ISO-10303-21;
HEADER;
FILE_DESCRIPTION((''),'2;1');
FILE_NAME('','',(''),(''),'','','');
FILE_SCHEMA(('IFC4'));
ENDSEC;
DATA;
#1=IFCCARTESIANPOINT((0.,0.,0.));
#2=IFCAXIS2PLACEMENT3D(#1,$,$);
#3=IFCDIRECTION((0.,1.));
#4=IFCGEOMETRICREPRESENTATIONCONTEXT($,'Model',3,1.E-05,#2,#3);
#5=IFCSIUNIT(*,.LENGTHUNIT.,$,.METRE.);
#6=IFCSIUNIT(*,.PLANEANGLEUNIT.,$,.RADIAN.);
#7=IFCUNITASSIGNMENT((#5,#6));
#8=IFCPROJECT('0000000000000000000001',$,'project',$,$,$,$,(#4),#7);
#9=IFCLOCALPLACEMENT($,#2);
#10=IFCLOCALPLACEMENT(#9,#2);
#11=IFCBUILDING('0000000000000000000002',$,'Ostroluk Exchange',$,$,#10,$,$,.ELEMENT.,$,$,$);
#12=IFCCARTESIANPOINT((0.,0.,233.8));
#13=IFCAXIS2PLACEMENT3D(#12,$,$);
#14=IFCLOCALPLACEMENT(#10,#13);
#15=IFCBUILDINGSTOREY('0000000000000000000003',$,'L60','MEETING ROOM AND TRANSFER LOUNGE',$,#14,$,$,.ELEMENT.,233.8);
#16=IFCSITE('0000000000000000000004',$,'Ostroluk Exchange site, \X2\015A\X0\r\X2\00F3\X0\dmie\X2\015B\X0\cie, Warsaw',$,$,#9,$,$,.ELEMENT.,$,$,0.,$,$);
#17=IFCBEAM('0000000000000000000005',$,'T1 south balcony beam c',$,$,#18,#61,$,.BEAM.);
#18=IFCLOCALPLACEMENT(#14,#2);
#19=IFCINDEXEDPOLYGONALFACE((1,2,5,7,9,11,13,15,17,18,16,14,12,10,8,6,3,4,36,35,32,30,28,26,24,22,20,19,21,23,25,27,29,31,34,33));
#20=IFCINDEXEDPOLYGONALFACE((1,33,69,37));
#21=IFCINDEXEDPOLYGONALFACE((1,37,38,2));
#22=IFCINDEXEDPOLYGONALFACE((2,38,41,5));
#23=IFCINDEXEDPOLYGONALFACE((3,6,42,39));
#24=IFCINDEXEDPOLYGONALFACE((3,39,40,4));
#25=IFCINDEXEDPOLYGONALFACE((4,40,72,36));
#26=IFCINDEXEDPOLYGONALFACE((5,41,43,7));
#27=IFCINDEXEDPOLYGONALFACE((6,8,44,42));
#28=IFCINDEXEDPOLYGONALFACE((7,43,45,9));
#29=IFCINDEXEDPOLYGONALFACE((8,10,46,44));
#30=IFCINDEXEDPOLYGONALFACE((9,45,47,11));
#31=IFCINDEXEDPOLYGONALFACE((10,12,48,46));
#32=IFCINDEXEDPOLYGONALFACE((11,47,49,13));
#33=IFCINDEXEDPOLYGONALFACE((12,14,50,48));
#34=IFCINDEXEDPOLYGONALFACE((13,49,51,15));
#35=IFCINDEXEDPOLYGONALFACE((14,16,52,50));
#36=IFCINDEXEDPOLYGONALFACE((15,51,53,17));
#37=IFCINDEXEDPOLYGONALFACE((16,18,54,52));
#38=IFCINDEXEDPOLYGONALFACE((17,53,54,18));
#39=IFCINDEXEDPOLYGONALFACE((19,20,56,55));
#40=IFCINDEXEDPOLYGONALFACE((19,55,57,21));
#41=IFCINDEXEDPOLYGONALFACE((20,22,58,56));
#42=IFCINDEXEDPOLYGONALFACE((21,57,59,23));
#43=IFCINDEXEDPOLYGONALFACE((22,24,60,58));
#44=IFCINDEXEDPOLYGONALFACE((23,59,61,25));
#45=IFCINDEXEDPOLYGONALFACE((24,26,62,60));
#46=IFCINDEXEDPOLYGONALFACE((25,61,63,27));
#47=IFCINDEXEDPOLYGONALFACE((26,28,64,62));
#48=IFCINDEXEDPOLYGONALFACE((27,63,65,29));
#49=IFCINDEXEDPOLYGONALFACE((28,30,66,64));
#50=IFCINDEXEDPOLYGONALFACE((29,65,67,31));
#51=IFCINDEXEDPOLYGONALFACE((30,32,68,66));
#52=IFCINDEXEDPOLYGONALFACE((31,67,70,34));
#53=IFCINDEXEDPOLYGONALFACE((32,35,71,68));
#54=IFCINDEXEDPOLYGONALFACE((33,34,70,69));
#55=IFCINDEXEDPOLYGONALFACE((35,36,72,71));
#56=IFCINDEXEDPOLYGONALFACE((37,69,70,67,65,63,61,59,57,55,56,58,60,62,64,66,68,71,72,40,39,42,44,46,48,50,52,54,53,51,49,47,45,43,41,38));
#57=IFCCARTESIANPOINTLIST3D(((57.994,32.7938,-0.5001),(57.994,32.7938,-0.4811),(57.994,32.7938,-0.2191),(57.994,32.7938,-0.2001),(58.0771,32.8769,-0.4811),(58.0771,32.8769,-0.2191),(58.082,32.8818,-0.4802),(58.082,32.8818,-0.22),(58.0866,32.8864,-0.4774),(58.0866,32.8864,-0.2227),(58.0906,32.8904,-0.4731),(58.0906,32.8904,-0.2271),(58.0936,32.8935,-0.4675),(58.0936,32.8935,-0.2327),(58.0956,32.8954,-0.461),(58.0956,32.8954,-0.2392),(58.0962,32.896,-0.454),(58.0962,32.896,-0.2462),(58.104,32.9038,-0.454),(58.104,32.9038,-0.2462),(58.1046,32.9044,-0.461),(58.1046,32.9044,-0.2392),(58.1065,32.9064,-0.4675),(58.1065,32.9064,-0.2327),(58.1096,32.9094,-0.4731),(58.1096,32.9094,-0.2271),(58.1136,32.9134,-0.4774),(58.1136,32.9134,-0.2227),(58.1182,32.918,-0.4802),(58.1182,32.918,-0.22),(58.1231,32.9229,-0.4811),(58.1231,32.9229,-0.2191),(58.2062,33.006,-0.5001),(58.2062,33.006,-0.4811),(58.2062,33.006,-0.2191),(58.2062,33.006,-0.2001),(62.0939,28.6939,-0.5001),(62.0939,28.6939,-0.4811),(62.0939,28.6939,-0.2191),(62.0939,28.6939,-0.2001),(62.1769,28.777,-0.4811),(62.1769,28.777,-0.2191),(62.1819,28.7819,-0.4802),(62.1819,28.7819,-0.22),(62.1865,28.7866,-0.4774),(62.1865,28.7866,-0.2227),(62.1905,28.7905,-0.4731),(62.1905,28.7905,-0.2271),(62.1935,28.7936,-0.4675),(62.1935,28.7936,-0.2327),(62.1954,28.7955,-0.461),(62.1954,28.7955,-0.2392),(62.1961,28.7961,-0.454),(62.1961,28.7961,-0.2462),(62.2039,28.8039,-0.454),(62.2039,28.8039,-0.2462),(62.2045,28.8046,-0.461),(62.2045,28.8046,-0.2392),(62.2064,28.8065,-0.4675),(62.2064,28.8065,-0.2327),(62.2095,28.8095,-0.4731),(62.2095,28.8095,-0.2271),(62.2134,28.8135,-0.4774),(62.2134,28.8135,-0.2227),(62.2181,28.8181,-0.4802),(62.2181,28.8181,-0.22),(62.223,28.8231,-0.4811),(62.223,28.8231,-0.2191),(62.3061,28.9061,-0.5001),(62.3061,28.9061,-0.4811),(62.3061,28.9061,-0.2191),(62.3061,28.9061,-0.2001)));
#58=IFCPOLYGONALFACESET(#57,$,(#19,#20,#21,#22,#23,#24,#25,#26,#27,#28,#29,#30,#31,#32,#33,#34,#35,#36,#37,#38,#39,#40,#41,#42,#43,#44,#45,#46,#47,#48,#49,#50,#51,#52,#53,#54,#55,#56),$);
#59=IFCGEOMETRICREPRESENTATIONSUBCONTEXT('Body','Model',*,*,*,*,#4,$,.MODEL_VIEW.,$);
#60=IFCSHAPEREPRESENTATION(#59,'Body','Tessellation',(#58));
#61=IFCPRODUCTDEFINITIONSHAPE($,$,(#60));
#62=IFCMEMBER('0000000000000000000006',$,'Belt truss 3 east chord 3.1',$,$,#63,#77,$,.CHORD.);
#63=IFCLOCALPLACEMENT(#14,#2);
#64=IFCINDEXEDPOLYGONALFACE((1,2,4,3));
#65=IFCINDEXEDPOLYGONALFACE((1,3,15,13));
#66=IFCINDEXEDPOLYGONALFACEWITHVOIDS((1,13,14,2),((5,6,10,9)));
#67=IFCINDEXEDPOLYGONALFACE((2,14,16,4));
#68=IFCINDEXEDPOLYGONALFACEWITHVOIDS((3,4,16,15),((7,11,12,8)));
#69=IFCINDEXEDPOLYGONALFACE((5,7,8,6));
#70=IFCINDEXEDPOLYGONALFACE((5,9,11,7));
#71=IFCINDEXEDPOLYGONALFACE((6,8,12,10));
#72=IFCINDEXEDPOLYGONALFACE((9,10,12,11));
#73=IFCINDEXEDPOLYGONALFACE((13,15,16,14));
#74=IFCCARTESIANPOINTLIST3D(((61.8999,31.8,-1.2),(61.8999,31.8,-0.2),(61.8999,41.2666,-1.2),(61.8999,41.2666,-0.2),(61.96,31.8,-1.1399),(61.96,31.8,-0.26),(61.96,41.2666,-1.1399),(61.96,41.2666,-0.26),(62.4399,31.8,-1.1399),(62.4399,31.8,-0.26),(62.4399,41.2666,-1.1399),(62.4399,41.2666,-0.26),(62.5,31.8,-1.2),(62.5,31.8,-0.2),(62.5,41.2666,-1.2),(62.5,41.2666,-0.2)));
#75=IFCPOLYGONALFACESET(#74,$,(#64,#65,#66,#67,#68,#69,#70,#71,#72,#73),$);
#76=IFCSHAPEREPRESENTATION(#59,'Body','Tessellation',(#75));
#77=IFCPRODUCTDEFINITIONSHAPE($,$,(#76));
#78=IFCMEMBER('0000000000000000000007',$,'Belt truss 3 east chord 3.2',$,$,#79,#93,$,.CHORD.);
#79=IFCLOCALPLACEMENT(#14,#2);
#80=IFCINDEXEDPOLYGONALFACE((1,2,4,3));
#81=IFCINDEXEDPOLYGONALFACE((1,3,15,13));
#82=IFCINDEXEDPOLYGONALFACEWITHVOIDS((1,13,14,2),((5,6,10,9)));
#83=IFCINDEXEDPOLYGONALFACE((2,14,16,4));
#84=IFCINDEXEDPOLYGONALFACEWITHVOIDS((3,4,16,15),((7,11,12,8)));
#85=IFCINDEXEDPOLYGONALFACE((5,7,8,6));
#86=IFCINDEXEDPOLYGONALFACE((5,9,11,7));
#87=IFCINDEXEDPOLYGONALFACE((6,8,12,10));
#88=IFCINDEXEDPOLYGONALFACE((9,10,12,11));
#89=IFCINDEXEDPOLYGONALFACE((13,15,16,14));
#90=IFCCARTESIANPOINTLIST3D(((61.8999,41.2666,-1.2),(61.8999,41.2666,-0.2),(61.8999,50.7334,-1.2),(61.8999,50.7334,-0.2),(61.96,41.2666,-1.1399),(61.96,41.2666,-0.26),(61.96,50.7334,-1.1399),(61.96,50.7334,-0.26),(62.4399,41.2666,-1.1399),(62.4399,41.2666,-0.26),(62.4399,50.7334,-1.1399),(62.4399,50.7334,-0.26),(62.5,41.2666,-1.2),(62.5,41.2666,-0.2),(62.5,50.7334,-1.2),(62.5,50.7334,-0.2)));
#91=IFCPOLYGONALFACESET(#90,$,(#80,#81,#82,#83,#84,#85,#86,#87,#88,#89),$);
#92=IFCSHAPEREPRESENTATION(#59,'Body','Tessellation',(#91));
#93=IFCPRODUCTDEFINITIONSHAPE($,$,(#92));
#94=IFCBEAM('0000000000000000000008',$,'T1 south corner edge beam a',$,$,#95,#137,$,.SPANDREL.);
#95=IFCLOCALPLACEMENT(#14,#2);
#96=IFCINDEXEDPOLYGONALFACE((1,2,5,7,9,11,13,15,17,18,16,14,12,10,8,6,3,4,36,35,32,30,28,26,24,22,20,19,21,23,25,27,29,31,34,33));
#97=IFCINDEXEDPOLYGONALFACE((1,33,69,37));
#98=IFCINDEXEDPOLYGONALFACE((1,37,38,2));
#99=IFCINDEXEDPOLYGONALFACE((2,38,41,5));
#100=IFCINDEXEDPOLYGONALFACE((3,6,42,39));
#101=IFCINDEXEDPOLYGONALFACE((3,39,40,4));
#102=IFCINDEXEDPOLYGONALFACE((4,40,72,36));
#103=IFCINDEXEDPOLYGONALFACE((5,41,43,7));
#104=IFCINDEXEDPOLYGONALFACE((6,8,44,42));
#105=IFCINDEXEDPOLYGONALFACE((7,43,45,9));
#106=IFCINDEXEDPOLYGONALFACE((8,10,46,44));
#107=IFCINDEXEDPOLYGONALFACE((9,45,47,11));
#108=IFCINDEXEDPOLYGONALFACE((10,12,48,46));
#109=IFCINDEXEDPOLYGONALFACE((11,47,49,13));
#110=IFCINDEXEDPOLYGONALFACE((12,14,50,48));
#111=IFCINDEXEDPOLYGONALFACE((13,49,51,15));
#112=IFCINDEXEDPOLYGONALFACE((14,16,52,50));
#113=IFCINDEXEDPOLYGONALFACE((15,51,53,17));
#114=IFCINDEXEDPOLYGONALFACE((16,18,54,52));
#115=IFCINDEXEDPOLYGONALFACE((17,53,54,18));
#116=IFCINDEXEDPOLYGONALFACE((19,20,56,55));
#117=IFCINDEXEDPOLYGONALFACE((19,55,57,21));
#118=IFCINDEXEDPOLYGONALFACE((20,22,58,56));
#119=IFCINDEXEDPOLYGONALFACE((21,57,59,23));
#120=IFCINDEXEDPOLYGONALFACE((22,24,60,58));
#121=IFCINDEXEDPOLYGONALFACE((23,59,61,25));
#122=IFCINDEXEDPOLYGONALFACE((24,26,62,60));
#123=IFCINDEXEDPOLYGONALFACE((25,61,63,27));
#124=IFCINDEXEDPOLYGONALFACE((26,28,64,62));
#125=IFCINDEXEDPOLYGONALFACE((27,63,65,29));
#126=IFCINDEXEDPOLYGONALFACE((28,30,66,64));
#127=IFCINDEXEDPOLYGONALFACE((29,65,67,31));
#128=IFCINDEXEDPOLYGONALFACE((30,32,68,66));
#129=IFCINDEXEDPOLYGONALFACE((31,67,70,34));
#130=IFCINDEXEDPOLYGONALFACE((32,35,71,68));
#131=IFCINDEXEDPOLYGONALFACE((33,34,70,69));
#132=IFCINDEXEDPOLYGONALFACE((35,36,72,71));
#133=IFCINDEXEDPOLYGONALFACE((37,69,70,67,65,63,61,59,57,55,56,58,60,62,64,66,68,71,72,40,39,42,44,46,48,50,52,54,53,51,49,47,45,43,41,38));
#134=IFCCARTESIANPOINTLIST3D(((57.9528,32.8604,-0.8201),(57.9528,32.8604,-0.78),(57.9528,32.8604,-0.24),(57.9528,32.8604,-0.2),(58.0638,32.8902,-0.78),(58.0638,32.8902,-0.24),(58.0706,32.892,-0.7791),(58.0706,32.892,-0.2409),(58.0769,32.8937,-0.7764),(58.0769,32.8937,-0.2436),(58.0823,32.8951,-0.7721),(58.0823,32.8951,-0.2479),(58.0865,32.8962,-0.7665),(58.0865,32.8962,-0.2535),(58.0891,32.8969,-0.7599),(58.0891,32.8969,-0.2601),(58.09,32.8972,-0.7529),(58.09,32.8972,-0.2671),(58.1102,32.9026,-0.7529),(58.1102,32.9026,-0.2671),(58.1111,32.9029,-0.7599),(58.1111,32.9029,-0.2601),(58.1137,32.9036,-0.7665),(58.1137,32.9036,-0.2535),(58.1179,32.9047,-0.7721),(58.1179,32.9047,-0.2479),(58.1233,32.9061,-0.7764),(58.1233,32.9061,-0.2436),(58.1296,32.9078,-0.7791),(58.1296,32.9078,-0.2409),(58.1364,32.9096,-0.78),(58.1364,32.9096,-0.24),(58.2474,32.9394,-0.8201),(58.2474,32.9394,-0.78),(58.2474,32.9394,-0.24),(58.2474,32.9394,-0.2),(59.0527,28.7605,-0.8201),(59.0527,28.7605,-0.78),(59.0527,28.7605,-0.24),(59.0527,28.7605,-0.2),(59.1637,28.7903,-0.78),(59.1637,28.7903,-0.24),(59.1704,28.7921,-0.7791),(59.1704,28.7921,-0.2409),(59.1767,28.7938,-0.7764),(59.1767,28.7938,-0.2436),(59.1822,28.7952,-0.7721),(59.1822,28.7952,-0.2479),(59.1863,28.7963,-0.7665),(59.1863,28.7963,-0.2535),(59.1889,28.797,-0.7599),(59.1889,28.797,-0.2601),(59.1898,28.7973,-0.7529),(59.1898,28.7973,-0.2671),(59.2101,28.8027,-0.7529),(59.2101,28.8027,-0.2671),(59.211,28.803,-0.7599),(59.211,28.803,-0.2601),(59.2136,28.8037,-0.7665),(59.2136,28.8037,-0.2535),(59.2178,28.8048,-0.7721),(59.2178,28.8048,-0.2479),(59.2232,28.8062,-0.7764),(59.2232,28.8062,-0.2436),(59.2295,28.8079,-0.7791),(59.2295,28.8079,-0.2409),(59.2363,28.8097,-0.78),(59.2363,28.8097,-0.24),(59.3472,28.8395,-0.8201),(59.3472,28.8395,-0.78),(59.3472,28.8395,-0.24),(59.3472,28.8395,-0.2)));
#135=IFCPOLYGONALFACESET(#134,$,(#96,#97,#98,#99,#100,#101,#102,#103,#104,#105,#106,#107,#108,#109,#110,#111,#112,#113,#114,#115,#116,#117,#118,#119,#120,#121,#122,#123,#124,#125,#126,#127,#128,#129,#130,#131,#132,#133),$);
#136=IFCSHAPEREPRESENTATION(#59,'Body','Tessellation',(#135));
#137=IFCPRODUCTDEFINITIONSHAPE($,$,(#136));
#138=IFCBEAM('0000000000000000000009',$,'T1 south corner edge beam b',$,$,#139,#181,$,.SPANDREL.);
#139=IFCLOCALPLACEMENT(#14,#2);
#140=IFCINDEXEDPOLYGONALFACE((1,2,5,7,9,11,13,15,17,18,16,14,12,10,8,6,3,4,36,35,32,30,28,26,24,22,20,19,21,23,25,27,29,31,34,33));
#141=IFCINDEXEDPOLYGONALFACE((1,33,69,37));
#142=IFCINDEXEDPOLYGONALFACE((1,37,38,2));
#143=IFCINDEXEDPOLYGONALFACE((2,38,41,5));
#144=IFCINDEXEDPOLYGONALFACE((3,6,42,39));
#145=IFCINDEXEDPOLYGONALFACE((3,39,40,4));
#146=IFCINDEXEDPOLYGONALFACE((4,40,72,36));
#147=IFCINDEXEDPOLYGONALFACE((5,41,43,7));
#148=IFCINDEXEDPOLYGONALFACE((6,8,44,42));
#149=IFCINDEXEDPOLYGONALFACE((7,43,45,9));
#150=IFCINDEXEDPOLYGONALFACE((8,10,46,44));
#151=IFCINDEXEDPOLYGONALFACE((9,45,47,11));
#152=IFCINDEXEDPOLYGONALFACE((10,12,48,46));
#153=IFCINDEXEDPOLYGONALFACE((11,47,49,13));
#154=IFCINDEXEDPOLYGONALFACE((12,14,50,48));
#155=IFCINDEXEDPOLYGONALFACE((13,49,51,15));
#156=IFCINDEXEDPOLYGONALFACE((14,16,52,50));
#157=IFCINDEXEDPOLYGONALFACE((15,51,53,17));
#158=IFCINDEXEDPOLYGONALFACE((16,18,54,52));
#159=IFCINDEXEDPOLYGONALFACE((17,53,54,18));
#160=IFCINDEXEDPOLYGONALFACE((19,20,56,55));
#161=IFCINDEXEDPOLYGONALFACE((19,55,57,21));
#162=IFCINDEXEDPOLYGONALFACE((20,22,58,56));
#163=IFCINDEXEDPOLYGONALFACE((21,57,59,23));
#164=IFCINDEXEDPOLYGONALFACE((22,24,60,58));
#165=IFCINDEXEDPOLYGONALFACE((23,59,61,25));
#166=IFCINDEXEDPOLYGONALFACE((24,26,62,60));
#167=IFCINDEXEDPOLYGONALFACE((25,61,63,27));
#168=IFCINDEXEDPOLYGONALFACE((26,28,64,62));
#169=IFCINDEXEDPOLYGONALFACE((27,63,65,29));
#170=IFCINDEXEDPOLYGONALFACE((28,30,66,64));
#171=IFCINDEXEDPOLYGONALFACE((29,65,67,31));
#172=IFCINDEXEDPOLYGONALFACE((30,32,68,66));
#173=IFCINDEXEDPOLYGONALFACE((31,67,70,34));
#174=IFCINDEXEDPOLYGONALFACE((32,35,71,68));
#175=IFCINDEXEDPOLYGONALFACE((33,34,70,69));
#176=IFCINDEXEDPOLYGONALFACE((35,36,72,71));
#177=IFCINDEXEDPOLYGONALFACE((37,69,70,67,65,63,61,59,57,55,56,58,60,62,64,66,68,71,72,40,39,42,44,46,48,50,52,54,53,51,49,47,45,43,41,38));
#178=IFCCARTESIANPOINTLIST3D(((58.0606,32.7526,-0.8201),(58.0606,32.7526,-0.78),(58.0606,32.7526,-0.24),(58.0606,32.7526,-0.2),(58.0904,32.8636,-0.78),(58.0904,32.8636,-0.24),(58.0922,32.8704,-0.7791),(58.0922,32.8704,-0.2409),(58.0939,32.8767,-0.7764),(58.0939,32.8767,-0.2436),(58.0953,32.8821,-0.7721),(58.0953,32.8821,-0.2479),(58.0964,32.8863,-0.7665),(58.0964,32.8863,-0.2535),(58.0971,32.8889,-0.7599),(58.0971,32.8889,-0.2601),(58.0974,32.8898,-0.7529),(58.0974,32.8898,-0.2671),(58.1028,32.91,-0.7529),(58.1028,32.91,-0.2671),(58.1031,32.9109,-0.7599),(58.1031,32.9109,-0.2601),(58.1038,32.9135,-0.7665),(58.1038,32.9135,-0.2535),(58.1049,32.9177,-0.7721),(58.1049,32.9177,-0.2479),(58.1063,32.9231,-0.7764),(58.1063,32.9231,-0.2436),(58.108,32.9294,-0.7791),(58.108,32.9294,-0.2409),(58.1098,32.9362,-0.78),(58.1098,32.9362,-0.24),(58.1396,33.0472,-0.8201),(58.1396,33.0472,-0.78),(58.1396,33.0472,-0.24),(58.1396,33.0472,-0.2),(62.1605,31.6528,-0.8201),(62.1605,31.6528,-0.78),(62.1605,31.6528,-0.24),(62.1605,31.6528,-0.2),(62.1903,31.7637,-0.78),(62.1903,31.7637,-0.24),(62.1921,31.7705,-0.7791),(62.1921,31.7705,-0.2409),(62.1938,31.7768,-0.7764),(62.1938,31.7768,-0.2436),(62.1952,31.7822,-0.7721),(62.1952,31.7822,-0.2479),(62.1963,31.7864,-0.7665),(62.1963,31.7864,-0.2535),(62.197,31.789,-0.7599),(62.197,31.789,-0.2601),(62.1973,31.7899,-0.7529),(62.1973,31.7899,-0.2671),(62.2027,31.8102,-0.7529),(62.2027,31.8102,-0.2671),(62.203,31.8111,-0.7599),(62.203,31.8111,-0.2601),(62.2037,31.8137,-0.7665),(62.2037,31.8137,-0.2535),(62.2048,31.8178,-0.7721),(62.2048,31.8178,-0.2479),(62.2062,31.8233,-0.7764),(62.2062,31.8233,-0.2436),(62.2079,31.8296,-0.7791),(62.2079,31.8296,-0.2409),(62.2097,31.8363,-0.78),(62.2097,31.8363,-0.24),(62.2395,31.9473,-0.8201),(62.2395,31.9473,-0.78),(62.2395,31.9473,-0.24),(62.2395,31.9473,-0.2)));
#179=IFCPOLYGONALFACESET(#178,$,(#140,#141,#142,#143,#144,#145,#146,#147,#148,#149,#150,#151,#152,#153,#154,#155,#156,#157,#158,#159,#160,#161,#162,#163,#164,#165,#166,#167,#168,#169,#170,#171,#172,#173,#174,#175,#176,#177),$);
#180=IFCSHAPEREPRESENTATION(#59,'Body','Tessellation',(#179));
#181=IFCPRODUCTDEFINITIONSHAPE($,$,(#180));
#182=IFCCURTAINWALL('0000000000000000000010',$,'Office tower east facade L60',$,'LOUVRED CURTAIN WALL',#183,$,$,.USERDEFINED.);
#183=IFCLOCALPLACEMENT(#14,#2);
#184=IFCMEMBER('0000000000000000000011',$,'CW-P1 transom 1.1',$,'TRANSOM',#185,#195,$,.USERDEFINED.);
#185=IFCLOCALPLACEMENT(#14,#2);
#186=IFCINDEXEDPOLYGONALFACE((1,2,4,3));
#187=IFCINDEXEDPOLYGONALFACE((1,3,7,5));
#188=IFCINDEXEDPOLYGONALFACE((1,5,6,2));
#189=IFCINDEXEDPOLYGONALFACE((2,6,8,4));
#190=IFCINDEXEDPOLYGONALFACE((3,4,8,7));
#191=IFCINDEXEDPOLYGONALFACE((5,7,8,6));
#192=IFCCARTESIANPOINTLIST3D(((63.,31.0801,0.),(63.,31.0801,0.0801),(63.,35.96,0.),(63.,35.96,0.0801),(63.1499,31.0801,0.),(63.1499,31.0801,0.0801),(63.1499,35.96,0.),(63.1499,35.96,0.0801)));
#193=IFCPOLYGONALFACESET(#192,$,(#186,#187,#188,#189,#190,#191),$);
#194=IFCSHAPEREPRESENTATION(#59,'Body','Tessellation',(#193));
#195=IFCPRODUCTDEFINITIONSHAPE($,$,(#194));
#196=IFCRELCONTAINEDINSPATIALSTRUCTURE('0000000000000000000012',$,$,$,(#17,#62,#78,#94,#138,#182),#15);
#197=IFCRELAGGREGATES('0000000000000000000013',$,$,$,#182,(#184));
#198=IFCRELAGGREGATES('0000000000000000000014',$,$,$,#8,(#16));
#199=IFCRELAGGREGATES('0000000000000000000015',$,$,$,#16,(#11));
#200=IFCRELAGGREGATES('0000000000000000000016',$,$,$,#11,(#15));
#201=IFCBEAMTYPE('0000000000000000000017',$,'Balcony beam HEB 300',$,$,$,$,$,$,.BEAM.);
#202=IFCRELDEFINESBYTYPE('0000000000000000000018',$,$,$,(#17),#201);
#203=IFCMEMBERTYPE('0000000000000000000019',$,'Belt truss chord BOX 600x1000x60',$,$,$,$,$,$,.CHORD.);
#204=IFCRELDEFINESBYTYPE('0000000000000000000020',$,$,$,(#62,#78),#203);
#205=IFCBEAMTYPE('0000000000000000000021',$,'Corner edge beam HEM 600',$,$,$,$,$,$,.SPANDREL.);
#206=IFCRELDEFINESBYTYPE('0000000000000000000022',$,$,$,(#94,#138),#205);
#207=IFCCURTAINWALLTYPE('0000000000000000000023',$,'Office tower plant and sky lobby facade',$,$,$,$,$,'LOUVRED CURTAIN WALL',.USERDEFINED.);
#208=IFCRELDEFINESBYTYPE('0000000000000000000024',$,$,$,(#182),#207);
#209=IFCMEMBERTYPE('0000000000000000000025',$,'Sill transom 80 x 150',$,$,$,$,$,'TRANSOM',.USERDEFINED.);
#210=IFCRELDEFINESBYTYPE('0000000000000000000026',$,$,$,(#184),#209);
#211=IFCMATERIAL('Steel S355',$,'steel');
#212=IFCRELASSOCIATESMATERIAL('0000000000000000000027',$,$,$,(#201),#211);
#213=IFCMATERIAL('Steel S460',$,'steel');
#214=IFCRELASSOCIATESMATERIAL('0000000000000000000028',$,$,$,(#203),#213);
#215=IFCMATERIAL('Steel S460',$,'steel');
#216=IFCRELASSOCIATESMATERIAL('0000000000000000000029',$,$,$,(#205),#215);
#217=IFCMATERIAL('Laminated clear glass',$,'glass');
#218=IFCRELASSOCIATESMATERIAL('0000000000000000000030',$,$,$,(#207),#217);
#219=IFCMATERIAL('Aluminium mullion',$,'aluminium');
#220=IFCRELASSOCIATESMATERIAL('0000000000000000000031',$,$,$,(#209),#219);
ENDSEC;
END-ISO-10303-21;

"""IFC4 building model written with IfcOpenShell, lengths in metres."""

from ifc_helpers import new_model, si_unit, direction, frame, origin, origin_2d, place, context, subcontext, project, spatial, rectangle, hollow_rectangle, i_section, extrude, material, material_profile, profile_set, type_object, element, aggregate, save


model = new_model("IFC4")

# Units and contexts
model_context = context("Model", 3, precision=1e-05, world=origin(), true_north=direction((0.0, 1.0)))
body_context = subcontext(model_context, "Body", "Model", "MODEL_VIEW")
ifc_project = project(units=[si_unit("LENGTHUNIT", "METRE"), si_unit("PLANEANGLEUNIT", "RADIAN")], contexts=[model_context])

# Site, building, storey
site_placement = place(None, origin())
site = spatial("IfcSite", under=ifc_project, at=site_placement, Name="Ostroluk Exchange site, Śródmieście, Warsaw", CompositionType="ELEMENT", RefElevation=0.0)
building_placement = place(site_placement, origin())
building = spatial("IfcBuilding", under=site, at=building_placement, Name="Ostroluk Exchange", CompositionType="ELEMENT")
storey_placement = place(building_placement, frame((0.0, 0.0, 233.8)))
storey = spatial("IfcBuildingStorey", under=building, at=storey_placement, Name="L60", Description="MEETING ROOM AND TRANSFER LOUNGE", CompositionType="ELEMENT", Elevation=233.8)

# Beam
ifc_material_1 = material(Name="Steel S355", Category="steel")
ifc_material_profile_1 = material_profile(ifc_material_1, i_section(OverallWidth=0.3, OverallDepth=0.3, WebThickness=0.011, FlangeThickness=0.019, FilletRadius=0.0271, at=origin_2d()), Name="HEB 300")
ifc_profile_set_1 = profile_set([ifc_material_profile_1], Name="Steel S355")
beam_type_1 = type_object("IfcBeamType", Name="Balcony beam HEB 300", PredefinedType="BEAM", material=ifc_profile_set_1)
beam_placement = place(storey_placement, frame((58.1001, 32.8999, -0.3501), z_axis=(0.707107, -0.707107, 0.0), x_axis=(0.707107, 0.707107, 0.0)))
element("IfcBeam", 1, at=beam_placement, inside=storey, type_object=beam_type_1, Name="T1 south balcony beam c", PredefinedType="BEAM", context=body_context, shape_type="SweptSolid", body=[
    extrude(i_section(OverallWidth=0.3, OverallDepth=0.3, WebThickness=0.011, FlangeThickness=0.019, FilletRadius=0.0271, at=origin_2d()), origin(), (0.0, 0.0, 1.0), 5.7981),
])

# Members
ifc_material_2 = material(Name="Steel S460", Category="steel")
ifc_material_profile_2 = material_profile(ifc_material_2, hollow_rectangle(XDim=0.6001, YDim=1.0, WallThickness=0.0601, at=origin_2d()), Name="BOX 600x1000x60")
ifc_profile_set_2 = profile_set([ifc_material_profile_2], Name="Steel S460")
member_type_1 = type_object("IfcMemberType", Name="Belt truss chord BOX 600x1000x60", PredefinedType="CHORD", material=ifc_profile_set_2)
member_1_placement = place(storey_placement, frame((62.2, 31.8, -0.7), z_axis=(0.0, 1.0, 0.0), x_axis=(-1.0, 0.0, 0.0)))
element("IfcMember", 2, at=member_1_placement, inside=storey, type_object=member_type_1, Name="Belt truss 3 east chord 3.1", PredefinedType="CHORD", context=body_context, shape_type="SweptSolid", body=[
    extrude(hollow_rectangle(XDim=0.6001, YDim=1.0, WallThickness=0.0601, at=origin_2d()), origin(), (0.0, 0.0, 1.0), 9.4666),
])
member_2_placement = place(storey_placement, frame((62.2, 41.2666, -0.7), z_axis=(0.0, 1.0, 0.0), x_axis=(-1.0, 0.0, 0.0)))
element("IfcMember", 3, at=member_2_placement, inside=storey, type_object=member_type_1, Name="Belt truss 3 east chord 3.2", PredefinedType="CHORD", context=body_context, shape_type="SweptSolid", body=[
    extrude(hollow_rectangle(XDim=0.6001, YDim=1.0, WallThickness=0.0601, at=origin_2d()), origin(), (0.0, 0.0, 1.0), 9.4668),
])

# Beams
ifc_material_3 = material(Name="Steel S460", Category="steel")
ifc_material_profile_3 = material_profile(ifc_material_3, i_section(OverallWidth=0.3049, OverallDepth=0.6201, WebThickness=0.021, FlangeThickness=0.04, FilletRadius=0.0271, at=origin_2d()), Name="HEM 600")
ifc_profile_set_3 = profile_set([ifc_material_profile_3], Name="Steel S460")
beam_type_2 = type_object("IfcBeamType", Name="Corner edge beam HEM 600", PredefinedType="SPANDREL", material=ifc_profile_set_3)
for number, where, z_axis, x_axis, name in (
    (4, (58.1001, 32.8999, -0.51), (0.259105, -0.965849, 0.0), (0.965849, 0.259105, 0.0), "T1 south corner edge beam a"),
    (5, (58.1001, 32.8999, -0.51), (0.965849, -0.259105, 0.0), (0.259105, 0.965849, 0.0), "T1 south corner edge beam b"),
):
    element("IfcBeam", number, at=place(storey_placement, frame(where, z_axis=z_axis, x_axis=x_axis)), inside=storey, type_object=beam_type_2, Name=name, PredefinedType="SPANDREL", context=body_context, shape_type="SweptSolid", body=[
        extrude(i_section(OverallWidth=0.3049, OverallDepth=0.6201, WebThickness=0.021, FlangeThickness=0.04, FilletRadius=0.0271, at=origin_2d()), origin(), (0.0, 0.0, 1.0), 4.2449),
    ])

# Curtain wall, member
ifc_material_4 = material(Name="Laminated clear glass", Category="glass")
curtain_wall_type = type_object("IfcCurtainWallType", Name="Office tower plant and sky lobby facade", ElementType="LOUVRED CURTAIN WALL", PredefinedType="USERDEFINED", material=ifc_material_4)
curtain_wall_1_placement = place(storey_placement, origin())
curtain_wall_1 = element("IfcCurtainWall", 6, at=curtain_wall_1_placement, inside=storey, type_object=curtain_wall_type, Name="Office tower east facade L60", ObjectType="LOUVRED CURTAIN WALL", PredefinedType="USERDEFINED")
ifc_material_5 = material(Name="Aluminium mullion", Category="aluminium")
ifc_material_profile_4 = material_profile(ifc_material_5, rectangle(XDim=0.1499, YDim=0.0801, at=origin_2d()), Name="Sill transom 80 x 150")
ifc_profile_set_4 = profile_set([ifc_material_profile_4], Name="Aluminium mullion")
member_type_2 = type_object("IfcMemberType", Name="Sill transom 80 x 150", ElementType="TRANSOM", PredefinedType="USERDEFINED", material=ifc_profile_set_4)
member_3_placement = place(storey_placement, frame((63.075, 31.0801, 0.04), z_axis=(0.0, 1.0, 0.0), x_axis=(-1.0, 0.0, 0.0)))
member_3 = element("IfcMember", 7, at=member_3_placement, type_object=member_type_2, Name="CW-P1 transom 1.1", ObjectType="TRANSOM", PredefinedType="USERDEFINED", context=body_context, shape_type="SweptSolid", body=[
    extrude(rectangle(XDim=0.1499, YDim=0.0801, at=origin_2d()), origin(), (0.0, 0.0, 1.0), 4.8799),
])

aggregate(curtain_wall_1, [member_3])

save(model, "model.ifc")
